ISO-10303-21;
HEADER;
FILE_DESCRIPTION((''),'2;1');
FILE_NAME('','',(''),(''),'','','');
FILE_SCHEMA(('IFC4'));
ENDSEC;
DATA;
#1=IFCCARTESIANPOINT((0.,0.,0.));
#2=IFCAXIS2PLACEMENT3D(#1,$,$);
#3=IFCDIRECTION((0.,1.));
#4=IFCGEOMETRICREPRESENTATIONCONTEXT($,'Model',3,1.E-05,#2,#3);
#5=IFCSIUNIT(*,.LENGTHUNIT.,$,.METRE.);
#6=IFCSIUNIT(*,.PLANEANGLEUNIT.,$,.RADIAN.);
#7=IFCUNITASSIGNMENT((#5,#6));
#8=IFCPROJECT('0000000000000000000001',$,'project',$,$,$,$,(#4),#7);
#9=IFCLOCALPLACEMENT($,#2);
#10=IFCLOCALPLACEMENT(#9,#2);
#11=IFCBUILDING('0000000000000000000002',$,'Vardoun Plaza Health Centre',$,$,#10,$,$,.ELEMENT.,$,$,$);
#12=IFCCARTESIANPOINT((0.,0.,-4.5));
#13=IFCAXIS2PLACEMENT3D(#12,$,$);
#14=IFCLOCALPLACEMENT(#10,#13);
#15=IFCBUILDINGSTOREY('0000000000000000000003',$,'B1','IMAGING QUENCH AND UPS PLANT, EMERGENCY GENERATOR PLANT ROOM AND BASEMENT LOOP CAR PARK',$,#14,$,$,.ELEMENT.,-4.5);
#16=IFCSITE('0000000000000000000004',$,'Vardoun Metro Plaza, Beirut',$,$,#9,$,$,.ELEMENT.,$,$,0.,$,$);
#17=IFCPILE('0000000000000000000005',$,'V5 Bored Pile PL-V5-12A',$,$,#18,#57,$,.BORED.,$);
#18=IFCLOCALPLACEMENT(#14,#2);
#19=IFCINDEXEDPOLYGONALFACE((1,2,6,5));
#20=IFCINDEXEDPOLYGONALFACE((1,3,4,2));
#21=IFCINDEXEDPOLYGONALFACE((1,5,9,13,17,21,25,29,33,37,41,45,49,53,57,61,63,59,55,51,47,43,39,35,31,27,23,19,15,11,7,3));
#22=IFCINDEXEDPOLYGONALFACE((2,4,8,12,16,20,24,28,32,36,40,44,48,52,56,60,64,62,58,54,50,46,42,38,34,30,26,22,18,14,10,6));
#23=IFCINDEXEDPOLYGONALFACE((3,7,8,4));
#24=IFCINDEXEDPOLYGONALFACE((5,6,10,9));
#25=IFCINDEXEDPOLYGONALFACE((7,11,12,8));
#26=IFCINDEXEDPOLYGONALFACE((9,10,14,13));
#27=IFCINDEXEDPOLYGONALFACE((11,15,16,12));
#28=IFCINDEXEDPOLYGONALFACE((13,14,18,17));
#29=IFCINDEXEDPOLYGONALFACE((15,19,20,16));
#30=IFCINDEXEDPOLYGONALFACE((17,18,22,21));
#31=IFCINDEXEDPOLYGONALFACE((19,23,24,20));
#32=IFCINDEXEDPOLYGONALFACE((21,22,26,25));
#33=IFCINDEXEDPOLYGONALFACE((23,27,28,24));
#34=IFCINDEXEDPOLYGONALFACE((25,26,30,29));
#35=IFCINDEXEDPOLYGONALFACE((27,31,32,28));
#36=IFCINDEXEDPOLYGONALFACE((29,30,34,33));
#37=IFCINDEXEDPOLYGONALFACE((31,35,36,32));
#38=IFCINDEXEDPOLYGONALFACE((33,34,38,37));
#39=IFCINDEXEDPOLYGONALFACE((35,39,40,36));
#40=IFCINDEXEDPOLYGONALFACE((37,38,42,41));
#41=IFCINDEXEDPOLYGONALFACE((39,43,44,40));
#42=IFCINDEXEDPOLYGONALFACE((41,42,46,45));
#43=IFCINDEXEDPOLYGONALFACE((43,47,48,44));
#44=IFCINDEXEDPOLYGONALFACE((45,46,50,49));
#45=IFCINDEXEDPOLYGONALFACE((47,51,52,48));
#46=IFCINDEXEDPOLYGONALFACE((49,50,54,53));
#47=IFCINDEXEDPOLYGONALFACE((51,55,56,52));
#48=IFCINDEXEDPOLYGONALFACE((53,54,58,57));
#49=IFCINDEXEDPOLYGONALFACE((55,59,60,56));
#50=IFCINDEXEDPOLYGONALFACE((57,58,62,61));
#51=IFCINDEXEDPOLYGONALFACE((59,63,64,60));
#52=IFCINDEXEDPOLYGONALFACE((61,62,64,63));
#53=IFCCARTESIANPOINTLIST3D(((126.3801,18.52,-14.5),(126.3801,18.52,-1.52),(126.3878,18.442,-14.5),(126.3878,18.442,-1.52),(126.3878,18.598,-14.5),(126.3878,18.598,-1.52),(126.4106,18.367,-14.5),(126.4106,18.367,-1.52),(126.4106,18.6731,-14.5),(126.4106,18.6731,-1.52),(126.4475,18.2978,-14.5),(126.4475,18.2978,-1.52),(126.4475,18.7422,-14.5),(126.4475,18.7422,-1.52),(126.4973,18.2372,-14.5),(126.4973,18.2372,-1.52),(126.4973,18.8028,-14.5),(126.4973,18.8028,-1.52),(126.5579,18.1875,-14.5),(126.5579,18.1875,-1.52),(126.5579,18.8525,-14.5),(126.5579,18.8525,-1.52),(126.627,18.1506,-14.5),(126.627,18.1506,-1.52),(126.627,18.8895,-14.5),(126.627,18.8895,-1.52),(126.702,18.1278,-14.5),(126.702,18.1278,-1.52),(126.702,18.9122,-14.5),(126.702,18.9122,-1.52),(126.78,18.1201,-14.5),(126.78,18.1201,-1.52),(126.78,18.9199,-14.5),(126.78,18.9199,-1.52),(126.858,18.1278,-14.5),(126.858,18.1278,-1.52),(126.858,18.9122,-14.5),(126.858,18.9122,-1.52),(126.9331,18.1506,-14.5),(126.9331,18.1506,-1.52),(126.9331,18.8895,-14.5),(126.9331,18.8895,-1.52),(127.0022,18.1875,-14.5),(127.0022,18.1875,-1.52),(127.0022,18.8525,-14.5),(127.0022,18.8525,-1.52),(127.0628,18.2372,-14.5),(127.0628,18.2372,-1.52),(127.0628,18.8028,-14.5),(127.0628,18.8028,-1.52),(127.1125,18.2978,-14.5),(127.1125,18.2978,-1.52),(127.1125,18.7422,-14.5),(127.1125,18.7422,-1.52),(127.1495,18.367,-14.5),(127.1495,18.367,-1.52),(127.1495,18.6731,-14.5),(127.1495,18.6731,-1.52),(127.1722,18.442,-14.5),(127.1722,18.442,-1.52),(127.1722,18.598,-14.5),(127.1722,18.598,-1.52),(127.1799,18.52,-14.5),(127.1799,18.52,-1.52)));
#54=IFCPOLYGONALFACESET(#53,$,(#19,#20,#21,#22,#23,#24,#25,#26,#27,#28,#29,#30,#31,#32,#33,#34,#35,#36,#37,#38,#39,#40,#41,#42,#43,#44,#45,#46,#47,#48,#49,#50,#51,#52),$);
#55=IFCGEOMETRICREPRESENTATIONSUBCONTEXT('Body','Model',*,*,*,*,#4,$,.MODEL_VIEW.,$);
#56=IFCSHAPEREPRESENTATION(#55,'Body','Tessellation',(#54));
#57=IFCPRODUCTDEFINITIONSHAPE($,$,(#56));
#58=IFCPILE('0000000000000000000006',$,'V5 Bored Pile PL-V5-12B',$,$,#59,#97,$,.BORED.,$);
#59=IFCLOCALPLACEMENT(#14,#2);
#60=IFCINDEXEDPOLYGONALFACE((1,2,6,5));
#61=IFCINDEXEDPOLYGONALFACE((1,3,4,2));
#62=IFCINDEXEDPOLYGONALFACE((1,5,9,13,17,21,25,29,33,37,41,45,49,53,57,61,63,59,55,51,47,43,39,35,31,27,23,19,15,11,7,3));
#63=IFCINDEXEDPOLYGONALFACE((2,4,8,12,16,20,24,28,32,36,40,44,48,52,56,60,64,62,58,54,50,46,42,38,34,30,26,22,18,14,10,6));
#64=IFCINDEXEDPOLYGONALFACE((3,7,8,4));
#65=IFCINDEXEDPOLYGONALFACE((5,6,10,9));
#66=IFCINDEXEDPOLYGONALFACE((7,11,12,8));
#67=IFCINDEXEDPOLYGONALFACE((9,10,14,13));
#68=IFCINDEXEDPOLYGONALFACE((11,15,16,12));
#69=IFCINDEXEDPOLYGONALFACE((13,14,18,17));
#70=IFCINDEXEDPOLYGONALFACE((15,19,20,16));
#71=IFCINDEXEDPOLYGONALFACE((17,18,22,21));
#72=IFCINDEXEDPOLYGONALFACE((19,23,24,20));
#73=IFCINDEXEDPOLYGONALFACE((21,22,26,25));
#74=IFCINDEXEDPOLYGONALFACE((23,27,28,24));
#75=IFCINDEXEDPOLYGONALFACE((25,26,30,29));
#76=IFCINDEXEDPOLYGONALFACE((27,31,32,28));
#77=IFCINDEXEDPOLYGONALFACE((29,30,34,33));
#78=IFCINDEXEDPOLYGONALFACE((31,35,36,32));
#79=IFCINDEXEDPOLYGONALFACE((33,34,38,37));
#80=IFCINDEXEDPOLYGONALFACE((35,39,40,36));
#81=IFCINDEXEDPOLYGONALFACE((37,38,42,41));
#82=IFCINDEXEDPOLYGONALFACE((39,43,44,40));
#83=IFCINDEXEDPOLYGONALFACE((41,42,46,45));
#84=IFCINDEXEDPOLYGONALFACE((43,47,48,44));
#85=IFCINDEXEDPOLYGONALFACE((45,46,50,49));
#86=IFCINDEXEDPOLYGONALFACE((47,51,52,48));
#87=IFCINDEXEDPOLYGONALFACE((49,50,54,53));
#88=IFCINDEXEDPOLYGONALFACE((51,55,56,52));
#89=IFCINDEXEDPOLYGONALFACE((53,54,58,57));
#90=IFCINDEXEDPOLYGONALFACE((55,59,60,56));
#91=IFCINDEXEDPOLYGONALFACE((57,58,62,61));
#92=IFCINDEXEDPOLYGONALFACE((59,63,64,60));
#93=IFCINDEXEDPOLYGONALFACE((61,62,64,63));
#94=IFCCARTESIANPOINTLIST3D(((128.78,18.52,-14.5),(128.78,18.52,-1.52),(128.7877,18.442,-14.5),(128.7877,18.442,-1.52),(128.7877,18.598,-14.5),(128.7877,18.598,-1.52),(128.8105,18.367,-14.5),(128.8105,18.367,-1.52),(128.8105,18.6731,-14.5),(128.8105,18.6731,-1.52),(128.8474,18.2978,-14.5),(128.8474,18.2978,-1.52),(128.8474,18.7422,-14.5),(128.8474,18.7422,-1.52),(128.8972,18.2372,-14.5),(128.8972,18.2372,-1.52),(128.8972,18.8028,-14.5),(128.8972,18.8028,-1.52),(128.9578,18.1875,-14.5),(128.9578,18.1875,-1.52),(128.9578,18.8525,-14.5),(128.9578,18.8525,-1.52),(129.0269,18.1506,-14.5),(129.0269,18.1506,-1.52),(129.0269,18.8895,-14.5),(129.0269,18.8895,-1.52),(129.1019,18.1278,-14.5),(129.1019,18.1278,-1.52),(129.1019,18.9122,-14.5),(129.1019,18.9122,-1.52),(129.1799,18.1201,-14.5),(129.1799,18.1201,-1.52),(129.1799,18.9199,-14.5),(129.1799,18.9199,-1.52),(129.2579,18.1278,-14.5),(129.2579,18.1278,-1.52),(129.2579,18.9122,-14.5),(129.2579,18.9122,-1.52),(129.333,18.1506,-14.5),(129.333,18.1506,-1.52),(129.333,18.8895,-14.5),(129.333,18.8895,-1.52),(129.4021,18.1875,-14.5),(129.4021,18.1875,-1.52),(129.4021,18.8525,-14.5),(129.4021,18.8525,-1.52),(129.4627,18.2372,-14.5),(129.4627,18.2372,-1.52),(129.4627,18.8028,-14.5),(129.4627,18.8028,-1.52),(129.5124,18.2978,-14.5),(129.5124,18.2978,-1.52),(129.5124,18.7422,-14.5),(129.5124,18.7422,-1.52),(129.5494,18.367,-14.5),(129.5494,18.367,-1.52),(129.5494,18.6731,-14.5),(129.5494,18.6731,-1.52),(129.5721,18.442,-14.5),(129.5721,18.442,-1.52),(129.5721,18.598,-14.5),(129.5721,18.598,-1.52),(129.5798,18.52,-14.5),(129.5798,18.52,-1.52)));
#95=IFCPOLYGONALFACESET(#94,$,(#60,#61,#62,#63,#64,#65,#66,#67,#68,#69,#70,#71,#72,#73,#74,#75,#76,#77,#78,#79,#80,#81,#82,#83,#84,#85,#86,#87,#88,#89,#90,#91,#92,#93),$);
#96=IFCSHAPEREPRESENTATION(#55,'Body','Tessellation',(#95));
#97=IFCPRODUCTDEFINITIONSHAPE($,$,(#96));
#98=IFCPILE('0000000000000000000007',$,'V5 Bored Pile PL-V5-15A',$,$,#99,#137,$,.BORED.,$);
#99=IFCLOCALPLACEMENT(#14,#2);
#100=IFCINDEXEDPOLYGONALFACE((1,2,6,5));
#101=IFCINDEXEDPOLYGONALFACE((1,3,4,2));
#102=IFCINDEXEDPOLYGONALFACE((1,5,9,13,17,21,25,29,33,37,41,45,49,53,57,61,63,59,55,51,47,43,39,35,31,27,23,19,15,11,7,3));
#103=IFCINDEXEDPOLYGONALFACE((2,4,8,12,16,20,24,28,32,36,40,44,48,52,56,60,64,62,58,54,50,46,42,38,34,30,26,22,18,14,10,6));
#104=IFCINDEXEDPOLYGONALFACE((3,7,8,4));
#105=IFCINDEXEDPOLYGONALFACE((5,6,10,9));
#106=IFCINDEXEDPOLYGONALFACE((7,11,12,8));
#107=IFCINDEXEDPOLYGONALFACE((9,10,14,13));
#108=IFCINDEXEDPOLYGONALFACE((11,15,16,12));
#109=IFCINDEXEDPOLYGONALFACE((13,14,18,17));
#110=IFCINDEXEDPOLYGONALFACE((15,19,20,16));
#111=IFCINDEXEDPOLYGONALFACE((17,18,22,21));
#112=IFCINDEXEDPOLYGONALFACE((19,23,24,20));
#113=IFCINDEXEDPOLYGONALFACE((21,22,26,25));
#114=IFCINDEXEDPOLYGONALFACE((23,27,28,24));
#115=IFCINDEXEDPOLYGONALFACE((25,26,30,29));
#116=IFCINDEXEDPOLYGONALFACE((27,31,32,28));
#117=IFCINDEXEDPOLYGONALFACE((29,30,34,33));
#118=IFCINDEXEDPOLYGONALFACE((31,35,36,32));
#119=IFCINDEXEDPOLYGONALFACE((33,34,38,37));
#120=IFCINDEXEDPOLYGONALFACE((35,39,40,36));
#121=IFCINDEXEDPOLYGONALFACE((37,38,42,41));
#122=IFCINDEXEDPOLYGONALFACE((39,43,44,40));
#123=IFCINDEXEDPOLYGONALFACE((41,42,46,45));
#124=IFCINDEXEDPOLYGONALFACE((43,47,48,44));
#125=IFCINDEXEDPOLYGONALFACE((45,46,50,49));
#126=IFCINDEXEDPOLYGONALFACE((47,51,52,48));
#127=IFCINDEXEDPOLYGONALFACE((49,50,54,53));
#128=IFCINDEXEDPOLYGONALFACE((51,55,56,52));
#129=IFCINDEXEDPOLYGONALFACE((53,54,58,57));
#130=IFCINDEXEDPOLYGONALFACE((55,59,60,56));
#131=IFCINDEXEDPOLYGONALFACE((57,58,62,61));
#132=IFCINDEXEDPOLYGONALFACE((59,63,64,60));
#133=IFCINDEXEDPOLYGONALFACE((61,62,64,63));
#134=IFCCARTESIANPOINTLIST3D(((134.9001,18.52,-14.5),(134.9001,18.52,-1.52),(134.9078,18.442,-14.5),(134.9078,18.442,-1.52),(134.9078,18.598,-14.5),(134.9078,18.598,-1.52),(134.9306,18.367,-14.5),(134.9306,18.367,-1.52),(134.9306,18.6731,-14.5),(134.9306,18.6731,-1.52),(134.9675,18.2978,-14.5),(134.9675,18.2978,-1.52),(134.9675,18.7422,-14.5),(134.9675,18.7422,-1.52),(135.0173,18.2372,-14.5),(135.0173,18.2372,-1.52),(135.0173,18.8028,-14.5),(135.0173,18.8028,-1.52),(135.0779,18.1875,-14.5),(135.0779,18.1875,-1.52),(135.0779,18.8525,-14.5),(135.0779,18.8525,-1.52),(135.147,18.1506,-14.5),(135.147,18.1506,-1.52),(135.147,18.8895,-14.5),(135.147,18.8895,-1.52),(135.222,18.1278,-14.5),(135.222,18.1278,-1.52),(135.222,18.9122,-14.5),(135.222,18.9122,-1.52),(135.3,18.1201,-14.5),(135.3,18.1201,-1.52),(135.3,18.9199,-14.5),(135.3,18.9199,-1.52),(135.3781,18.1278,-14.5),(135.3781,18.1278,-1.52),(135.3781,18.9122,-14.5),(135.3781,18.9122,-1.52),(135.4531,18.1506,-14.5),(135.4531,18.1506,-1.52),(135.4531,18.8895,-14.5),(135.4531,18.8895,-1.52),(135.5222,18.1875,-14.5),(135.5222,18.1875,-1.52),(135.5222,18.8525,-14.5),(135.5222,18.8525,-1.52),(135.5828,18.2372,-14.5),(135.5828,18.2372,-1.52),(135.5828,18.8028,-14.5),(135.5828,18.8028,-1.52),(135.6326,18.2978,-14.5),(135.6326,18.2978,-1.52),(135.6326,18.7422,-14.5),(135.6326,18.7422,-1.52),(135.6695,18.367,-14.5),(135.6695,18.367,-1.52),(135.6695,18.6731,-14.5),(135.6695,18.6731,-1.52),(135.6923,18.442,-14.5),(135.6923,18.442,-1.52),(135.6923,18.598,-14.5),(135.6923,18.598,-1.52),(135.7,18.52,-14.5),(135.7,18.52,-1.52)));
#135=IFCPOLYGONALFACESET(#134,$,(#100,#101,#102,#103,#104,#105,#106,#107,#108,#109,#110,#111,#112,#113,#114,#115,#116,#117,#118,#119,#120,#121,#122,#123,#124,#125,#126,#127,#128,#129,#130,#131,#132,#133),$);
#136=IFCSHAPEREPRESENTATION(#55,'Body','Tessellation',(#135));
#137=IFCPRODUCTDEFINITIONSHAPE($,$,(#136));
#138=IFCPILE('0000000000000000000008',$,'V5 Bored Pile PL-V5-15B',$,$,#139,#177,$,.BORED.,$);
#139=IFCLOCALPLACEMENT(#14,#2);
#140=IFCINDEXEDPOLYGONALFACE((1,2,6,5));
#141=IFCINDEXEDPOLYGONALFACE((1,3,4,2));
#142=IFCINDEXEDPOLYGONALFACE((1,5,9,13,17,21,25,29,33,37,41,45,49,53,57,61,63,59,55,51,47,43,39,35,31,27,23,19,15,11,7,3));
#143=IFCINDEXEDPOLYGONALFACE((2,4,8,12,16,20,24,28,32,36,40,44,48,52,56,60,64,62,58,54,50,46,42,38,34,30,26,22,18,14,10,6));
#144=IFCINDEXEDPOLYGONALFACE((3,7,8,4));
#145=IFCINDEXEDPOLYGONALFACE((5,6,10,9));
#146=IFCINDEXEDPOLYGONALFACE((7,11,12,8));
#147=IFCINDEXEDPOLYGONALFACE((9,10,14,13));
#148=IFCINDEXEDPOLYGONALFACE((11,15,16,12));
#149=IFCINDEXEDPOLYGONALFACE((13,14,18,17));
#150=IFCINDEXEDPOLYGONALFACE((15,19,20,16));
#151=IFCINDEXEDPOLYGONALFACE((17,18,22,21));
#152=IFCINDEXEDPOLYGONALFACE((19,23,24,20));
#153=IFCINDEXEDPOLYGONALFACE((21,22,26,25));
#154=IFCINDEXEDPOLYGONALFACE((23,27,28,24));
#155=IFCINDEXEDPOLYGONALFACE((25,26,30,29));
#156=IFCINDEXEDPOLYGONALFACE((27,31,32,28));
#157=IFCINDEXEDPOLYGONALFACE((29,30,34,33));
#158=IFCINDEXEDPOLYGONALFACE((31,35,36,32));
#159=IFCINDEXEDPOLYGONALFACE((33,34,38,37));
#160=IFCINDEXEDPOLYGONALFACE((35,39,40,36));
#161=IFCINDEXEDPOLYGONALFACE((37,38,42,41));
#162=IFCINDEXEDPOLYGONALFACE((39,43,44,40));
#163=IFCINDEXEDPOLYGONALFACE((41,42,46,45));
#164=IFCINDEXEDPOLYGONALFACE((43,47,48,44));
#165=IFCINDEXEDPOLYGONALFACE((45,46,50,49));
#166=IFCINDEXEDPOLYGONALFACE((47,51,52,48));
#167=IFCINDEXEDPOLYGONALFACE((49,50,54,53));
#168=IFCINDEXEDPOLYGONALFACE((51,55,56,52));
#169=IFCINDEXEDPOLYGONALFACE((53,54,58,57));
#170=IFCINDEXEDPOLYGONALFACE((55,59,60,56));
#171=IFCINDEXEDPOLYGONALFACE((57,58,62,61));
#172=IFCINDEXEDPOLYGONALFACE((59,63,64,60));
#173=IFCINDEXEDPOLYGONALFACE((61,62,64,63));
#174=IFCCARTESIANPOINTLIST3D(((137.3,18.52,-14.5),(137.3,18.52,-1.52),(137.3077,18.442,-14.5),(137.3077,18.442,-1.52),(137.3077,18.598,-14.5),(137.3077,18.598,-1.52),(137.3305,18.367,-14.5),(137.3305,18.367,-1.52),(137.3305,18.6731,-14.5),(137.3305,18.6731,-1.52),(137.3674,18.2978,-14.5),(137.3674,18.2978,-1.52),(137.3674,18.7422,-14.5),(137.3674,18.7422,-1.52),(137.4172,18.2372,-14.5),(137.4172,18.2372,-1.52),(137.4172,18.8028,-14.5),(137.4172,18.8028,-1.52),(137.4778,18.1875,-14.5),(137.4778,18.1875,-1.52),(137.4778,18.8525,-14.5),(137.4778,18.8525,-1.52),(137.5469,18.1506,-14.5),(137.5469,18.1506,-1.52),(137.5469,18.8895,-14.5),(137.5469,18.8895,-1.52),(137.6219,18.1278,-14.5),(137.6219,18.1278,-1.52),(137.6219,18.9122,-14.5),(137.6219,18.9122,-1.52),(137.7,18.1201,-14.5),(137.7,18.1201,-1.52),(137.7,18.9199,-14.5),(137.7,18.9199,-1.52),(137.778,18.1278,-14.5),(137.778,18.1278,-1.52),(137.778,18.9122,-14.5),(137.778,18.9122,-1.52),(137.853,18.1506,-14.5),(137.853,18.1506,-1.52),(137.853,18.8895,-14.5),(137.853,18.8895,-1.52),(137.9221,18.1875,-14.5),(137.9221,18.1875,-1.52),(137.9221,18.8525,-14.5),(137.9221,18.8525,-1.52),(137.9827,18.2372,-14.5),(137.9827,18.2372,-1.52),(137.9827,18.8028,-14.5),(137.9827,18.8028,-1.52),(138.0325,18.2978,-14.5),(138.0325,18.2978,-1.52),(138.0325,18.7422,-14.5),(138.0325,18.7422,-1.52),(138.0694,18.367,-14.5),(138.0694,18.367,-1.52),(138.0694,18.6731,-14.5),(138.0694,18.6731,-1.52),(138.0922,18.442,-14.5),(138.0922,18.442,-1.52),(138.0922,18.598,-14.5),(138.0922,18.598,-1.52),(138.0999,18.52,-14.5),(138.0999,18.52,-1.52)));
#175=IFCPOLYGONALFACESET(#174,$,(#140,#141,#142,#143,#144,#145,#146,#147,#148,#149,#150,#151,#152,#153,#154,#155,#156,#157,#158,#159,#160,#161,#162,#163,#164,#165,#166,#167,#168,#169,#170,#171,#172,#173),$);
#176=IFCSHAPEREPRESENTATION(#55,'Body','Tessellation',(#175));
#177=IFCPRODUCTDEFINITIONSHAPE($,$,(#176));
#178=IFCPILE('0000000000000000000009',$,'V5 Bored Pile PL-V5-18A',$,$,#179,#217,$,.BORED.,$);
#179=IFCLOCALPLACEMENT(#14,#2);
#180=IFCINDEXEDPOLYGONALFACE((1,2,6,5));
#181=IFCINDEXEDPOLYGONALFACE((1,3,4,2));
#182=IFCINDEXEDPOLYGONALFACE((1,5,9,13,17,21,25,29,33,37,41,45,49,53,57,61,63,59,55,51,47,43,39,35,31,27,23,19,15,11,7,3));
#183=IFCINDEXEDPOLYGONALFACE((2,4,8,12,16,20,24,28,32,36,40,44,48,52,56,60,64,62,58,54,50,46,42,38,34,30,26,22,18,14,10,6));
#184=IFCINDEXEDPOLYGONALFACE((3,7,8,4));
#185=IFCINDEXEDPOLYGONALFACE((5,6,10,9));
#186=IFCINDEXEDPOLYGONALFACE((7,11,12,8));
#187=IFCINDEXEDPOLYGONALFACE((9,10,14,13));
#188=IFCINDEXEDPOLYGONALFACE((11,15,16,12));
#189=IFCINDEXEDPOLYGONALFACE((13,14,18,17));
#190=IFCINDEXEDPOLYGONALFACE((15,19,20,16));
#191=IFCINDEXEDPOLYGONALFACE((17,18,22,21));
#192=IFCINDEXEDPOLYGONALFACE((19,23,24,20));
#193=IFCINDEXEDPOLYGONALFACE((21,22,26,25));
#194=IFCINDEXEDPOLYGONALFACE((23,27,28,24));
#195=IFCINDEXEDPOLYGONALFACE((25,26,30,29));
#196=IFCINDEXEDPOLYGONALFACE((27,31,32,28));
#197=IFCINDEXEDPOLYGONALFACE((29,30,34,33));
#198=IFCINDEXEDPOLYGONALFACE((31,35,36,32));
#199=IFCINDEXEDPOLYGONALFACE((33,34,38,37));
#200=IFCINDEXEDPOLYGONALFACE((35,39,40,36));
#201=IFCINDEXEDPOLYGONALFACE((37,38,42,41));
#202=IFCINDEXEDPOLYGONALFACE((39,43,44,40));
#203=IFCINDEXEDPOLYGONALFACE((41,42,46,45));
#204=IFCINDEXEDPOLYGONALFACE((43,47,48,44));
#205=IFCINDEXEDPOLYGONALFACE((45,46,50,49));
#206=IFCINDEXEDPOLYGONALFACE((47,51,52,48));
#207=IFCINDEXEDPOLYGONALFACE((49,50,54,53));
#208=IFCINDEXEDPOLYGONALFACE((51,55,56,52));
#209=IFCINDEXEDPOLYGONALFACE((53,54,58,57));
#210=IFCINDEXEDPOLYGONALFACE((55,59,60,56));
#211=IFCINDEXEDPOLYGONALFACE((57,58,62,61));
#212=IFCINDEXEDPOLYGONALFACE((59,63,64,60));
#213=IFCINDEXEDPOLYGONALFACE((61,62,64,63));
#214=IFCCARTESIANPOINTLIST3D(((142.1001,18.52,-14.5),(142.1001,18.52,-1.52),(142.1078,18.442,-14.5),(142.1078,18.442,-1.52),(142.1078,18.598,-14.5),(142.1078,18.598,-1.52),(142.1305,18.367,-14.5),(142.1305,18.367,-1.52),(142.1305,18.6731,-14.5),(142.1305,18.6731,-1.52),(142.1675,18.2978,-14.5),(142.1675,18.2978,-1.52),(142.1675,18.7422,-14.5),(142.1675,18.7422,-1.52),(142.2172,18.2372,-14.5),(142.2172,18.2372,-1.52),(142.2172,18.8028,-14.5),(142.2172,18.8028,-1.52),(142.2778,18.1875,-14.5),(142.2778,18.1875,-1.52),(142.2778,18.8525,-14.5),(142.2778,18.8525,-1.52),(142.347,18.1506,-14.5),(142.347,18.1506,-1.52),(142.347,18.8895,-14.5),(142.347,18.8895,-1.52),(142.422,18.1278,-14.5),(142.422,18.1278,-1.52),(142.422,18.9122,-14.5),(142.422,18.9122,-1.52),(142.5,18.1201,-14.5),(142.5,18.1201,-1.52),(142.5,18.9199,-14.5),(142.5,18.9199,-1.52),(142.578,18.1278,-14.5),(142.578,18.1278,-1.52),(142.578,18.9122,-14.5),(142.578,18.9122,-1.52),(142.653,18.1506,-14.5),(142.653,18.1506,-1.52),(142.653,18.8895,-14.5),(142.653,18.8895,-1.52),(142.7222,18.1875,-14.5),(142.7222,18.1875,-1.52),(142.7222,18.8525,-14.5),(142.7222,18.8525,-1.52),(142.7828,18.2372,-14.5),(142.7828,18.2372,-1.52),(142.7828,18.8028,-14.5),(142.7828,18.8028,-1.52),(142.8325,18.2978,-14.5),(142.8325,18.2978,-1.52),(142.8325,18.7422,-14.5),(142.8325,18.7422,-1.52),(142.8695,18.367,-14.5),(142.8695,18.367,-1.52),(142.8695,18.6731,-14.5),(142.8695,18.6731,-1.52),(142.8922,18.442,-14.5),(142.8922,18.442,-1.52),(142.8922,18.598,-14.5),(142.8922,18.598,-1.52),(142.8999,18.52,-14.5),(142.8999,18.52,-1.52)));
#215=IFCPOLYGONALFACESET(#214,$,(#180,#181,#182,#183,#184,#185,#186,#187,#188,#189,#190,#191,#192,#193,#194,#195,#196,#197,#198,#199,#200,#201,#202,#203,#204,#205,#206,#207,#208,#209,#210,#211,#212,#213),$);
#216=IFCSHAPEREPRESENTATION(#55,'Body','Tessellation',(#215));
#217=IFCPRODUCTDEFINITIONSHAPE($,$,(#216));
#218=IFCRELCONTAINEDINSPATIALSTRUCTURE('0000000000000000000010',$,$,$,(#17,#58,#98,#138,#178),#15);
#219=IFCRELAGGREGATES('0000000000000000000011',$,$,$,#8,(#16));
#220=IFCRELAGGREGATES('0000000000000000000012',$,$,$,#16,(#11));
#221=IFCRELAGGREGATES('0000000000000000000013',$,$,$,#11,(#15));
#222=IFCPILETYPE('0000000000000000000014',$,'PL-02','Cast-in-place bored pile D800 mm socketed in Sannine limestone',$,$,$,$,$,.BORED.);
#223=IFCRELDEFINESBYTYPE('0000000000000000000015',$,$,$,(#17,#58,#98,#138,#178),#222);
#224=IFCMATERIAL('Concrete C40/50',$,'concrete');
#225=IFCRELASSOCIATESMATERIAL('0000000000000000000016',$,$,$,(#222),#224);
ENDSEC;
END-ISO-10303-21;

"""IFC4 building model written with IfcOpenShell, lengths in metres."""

from ifc_helpers import new_model, si_unit, direction, frame, origin, origin_2d, place, context, subcontext, project, spatial, circle, extrude, material, material_profile, profile_set, type_object, element, save


model = new_model("IFC4")

# Units and contexts
model_context = context("Model", 3, precision=1e-05, world=origin(), true_north=direction((0.0, 1.0)))
body_context = subcontext(model_context, "Body", "Model", "MODEL_VIEW")
ifc_project = project(units=[si_unit("LENGTHUNIT", "METRE"), si_unit("PLANEANGLEUNIT", "RADIAN")], contexts=[model_context])

# Site, building, storey
site_placement = place(None, origin())
site = spatial("IfcSite", under=ifc_project, at=site_placement, Name="Vardoun Metro Plaza, Beirut", CompositionType="ELEMENT", RefElevation=0.0)
building_placement = place(site_placement, origin())
building = spatial("IfcBuilding", under=site, at=building_placement, Name="Vardoun Plaza Health Centre", CompositionType="ELEMENT")
storey_placement = place(building_placement, frame((0.0, 0.0, -4.5)))
storey = spatial("IfcBuildingStorey", under=building, at=storey_placement, Name="B1", Description="IMAGING QUENCH AND UPS PLANT, EMERGENCY GENERATOR PLANT ROOM AND BASEMENT LOOP CAR PARK", CompositionType="ELEMENT", Elevation=-4.5)

# Piles
ifc_material_1 = material(Name="Concrete C40/50", Category="concrete")
ifc_material_profile_1 = material_profile(ifc_material_1, circle(Radius=0.3999, at=origin_2d()), Name="PILE D800")
ifc_profile_set_1 = profile_set([ifc_material_profile_1], Name="Concrete C40/50")
pile_type = type_object("IfcPileType", Name="PL-02", Description="Cast-in-place bored pile D800 mm socketed in Sannine limestone", PredefinedType="BORED", material=ifc_profile_set_1)
for number, where, z_axis, x_axis, name in (
    (1, (126.78, 18.52, -1.52), (0.0, 0.0, -1.0), (1.0, 0.0, 0.0), "V5 Bored Pile PL-V5-12A"),
    (2, (129.1799, 18.52, -1.52), (0.0, 0.0, -1.0), (1.0, 0.0, 0.0), "V5 Bored Pile PL-V5-12B"),
    (3, (135.3, 18.52, -1.52), (0.0, 0.0, -1.0), (1.0, 0.0, 0.0), "V5 Bored Pile PL-V5-15A"),
    (4, (137.7, 18.52, -1.52), (0.0, 0.0, -1.0), (1.0, 0.0, 0.0), "V5 Bored Pile PL-V5-15B"),
    (5, (142.5, 18.52, -1.52), (0.0, 0.0, -1.0), (1.0, 0.0, 0.0), "V5 Bored Pile PL-V5-18A"),
):
    element("IfcPile", number, at=place(storey_placement, frame(where, z_axis=z_axis, x_axis=x_axis)), inside=storey, type_object=pile_type, Name=name, PredefinedType="BORED", context=body_context, shape_type="SweptSolid", body=[
        extrude(circle(Radius=0.3999, at=origin_2d()), origin(), (0.0, 0.0, 1.0), 12.98),
    ])

save(model, "model.ifc")
